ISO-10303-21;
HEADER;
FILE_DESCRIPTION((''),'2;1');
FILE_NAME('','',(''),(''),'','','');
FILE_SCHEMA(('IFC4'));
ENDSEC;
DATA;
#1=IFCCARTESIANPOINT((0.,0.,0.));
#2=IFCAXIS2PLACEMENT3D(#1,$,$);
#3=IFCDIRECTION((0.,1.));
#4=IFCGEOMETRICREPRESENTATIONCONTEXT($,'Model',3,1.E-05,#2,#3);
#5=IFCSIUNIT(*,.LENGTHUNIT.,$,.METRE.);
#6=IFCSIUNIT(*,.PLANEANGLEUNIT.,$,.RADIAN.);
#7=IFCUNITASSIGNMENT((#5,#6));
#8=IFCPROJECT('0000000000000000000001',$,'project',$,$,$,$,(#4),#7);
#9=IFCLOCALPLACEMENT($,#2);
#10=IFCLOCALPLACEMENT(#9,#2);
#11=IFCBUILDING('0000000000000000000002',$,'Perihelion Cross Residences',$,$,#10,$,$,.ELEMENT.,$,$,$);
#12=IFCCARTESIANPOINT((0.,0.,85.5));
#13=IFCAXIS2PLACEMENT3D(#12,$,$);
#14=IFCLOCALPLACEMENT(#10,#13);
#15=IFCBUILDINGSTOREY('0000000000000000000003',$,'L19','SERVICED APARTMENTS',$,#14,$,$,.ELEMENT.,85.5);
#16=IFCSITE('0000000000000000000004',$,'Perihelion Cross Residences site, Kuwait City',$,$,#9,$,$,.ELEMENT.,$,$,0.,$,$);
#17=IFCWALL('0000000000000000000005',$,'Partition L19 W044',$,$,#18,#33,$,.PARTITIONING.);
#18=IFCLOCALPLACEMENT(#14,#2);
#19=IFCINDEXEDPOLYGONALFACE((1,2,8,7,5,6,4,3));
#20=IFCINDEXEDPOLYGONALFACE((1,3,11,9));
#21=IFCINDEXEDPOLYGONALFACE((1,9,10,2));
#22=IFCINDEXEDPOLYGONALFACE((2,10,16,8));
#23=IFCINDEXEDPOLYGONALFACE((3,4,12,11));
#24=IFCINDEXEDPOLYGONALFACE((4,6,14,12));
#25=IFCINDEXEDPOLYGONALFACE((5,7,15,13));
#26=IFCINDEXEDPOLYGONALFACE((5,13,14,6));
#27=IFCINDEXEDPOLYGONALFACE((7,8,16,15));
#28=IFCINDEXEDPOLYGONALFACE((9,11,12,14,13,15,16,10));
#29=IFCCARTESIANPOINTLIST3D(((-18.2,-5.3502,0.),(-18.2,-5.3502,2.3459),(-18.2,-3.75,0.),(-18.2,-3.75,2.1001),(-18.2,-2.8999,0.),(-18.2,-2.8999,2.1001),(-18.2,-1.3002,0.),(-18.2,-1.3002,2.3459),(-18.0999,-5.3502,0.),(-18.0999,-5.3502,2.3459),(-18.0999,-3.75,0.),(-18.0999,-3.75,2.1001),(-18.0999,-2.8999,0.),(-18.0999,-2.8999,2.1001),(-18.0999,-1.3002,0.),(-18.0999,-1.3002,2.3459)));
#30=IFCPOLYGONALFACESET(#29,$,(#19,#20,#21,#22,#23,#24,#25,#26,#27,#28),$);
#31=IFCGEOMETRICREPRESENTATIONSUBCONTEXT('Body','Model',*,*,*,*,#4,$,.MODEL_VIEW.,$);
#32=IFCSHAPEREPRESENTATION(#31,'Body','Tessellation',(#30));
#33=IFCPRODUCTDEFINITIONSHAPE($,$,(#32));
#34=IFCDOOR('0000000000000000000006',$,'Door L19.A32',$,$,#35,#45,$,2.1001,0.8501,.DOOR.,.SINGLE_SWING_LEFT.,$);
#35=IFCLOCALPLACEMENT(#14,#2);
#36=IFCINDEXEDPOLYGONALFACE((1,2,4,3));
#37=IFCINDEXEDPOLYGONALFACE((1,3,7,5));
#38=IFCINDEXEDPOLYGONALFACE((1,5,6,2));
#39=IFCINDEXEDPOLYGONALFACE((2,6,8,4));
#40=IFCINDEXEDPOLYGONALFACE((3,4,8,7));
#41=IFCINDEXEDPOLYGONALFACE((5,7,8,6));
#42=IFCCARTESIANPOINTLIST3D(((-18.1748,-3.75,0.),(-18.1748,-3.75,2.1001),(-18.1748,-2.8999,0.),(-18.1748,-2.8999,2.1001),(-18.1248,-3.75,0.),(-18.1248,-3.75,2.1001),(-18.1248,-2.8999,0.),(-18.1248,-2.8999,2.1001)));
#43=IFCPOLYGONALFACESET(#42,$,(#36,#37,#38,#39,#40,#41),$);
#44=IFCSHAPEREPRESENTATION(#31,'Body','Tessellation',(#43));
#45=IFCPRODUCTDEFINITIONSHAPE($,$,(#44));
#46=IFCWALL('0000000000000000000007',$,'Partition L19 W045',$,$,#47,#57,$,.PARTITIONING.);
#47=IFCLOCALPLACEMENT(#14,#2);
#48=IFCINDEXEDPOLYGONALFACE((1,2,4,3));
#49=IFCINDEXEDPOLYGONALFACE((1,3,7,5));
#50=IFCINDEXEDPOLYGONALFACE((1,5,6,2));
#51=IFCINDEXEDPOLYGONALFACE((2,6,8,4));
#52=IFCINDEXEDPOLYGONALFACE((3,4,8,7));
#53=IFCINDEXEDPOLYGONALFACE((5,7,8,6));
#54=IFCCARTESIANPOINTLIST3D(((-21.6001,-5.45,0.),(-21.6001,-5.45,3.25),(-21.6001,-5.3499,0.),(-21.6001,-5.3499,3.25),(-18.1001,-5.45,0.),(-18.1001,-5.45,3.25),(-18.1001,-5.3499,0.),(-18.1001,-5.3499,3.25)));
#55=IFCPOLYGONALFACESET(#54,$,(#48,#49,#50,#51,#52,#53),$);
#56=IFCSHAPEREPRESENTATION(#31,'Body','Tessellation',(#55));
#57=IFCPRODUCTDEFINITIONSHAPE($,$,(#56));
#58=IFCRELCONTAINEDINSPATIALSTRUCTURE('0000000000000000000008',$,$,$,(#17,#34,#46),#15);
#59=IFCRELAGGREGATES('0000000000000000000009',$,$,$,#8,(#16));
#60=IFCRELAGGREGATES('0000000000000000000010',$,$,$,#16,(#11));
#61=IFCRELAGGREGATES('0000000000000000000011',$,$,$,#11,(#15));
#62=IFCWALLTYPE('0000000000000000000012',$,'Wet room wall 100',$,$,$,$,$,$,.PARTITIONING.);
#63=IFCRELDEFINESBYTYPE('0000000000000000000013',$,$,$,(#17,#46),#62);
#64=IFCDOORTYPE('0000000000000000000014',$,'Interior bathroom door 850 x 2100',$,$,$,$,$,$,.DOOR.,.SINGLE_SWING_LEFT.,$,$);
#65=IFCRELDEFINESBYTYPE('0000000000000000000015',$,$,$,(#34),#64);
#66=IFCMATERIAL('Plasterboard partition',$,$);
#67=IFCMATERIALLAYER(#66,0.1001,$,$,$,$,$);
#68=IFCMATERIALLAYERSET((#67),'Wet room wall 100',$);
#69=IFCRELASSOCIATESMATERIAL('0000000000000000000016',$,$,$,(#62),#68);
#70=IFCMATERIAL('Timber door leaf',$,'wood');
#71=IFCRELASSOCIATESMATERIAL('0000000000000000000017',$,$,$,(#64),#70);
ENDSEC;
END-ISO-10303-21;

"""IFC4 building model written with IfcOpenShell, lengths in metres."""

from ifc_helpers import new_model, si_unit, direction, frame, frame_2d, origin, place, context, subcontext, project, spatial, rectangle, extrude, material, layer, layer_set, type_object, element, fill, save


model = new_model("IFC4")

# Units and contexts
model_context = context("Model", 3, precision=1e-05, world=origin(), true_north=direction((0.0, 1.0)))
body_context = subcontext(model_context, "Body", "Model", "MODEL_VIEW")
ifc_project = project(units=[si_unit("LENGTHUNIT", "METRE"), si_unit("PLANEANGLEUNIT", "RADIAN")], contexts=[model_context])

# Site, building, storey
site_placement = place(None, origin())
site = spatial("IfcSite", under=ifc_project, at=site_placement, Name="Perihelion Cross Residences site, Kuwait City", CompositionType="ELEMENT", RefElevation=0.0)
building_placement = place(site_placement, origin())
building = spatial("IfcBuilding", under=site, at=building_placement, Name="Perihelion Cross Residences", CompositionType="ELEMENT")
storey_placement = place(building_placement, frame((0.0, 0.0, 85.5)))
storey = spatial("IfcBuildingStorey", under=building, at=storey_placement, Name="L19", Description="SERVICED APARTMENTS", CompositionType="ELEMENT", Elevation=85.5)

# Wall, opening, door
ifc_material_1 = material(Name="Plasterboard partition")
ifc_layer_1 = layer(ifc_material_1, 0.1001)
ifc_layer_set_1 = layer_set([ifc_layer_1], Name="Wet room wall 100")
wall_type_1 = type_object("IfcWallType", Name="Wet room wall 100", PredefinedType="PARTITIONING", material=ifc_layer_set_1)
wall_1_placement = place(storey_placement, frame((-18.1499, -5.3501, 0.0), z_axis=(0.0, 0.0, 1.0), x_axis=(0.0, 1.0, 0.0)))
wall_1 = element("IfcWall", 1, at=wall_1_placement, inside=storey, type_object=wall_type_1, Name="Partition L19 W044", PredefinedType="PARTITIONING", context=body_context, shape_type="SweptSolid", body=[
    extrude(rectangle(XDim=4.05, YDim=0.1001, at=frame_2d((2.0249, 0.0))), origin(), (0.0, 0.0, 1.0), 2.3459),
])
opening_1_placement = place(wall_1_placement, frame((1.6001, 0.0, 0.0)))
opening_1 = element("IfcOpeningElement", 2, at=opening_1_placement, cuts=wall_1, PredefinedType="OPENING", context=body_context, shape_type="SweptSolid", body=[
    extrude(rectangle(XDim=0.8501, YDim=2.1001, at=frame_2d((0.425, 1.05))), frame((0.0, 0.0601, 0.0), z_axis=(0.0, -1.0, 0.0), x_axis=(1.0, 0.0, 0.0)), (0.0, 0.0, 1.0), 0.1201),
])
ifc_material_2 = material(Name="Timber door leaf", Category="wood")
door_type_1 = type_object("IfcDoorType", Name="Interior bathroom door 850 x 2100", OperationType="SINGLE_SWING_LEFT", PredefinedType="DOOR", material=ifc_material_2)
door_1_placement = place(opening_1_placement, origin())
door_1 = element("IfcDoor", 3, at=door_1_placement, inside=storey, type_object=door_type_1, Name="Door L19.A32", OperationType="SINGLE_SWING_LEFT", OverallHeight=2.1001, OverallWidth=0.8501, PredefinedType="DOOR", context=body_context, shape_type="SweptSolid", body=[
    extrude(rectangle(XDim=0.8501, YDim=2.1001, at=frame_2d((0.425, 1.05))), frame((0.0, 0.0249, 0.0), z_axis=(0.0, -1.0, 0.0), x_axis=(1.0, 0.0, 0.0)), (0.0, 0.0, 1.0), 0.05),
])
fill(opening_1, door_1)

# Wall
wall_2_placement = place(storey_placement, frame((-18.1001, -5.3999, 0.0), z_axis=(0.0, 0.0, 1.0), x_axis=(-1.0, 0.0, 0.0)))
element("IfcWall", 4, at=wall_2_placement, inside=storey, type_object=wall_type_1, Name="Partition L19 W045", PredefinedType="PARTITIONING", context=body_context, shape_type="SweptSolid", body=[
    extrude(rectangle(XDim=3.5, YDim=0.1001, at=frame_2d((1.75, 0.0))), origin(), (0.0, 0.0, 1.0), 3.25),
])

save(model, "model.ifc")
